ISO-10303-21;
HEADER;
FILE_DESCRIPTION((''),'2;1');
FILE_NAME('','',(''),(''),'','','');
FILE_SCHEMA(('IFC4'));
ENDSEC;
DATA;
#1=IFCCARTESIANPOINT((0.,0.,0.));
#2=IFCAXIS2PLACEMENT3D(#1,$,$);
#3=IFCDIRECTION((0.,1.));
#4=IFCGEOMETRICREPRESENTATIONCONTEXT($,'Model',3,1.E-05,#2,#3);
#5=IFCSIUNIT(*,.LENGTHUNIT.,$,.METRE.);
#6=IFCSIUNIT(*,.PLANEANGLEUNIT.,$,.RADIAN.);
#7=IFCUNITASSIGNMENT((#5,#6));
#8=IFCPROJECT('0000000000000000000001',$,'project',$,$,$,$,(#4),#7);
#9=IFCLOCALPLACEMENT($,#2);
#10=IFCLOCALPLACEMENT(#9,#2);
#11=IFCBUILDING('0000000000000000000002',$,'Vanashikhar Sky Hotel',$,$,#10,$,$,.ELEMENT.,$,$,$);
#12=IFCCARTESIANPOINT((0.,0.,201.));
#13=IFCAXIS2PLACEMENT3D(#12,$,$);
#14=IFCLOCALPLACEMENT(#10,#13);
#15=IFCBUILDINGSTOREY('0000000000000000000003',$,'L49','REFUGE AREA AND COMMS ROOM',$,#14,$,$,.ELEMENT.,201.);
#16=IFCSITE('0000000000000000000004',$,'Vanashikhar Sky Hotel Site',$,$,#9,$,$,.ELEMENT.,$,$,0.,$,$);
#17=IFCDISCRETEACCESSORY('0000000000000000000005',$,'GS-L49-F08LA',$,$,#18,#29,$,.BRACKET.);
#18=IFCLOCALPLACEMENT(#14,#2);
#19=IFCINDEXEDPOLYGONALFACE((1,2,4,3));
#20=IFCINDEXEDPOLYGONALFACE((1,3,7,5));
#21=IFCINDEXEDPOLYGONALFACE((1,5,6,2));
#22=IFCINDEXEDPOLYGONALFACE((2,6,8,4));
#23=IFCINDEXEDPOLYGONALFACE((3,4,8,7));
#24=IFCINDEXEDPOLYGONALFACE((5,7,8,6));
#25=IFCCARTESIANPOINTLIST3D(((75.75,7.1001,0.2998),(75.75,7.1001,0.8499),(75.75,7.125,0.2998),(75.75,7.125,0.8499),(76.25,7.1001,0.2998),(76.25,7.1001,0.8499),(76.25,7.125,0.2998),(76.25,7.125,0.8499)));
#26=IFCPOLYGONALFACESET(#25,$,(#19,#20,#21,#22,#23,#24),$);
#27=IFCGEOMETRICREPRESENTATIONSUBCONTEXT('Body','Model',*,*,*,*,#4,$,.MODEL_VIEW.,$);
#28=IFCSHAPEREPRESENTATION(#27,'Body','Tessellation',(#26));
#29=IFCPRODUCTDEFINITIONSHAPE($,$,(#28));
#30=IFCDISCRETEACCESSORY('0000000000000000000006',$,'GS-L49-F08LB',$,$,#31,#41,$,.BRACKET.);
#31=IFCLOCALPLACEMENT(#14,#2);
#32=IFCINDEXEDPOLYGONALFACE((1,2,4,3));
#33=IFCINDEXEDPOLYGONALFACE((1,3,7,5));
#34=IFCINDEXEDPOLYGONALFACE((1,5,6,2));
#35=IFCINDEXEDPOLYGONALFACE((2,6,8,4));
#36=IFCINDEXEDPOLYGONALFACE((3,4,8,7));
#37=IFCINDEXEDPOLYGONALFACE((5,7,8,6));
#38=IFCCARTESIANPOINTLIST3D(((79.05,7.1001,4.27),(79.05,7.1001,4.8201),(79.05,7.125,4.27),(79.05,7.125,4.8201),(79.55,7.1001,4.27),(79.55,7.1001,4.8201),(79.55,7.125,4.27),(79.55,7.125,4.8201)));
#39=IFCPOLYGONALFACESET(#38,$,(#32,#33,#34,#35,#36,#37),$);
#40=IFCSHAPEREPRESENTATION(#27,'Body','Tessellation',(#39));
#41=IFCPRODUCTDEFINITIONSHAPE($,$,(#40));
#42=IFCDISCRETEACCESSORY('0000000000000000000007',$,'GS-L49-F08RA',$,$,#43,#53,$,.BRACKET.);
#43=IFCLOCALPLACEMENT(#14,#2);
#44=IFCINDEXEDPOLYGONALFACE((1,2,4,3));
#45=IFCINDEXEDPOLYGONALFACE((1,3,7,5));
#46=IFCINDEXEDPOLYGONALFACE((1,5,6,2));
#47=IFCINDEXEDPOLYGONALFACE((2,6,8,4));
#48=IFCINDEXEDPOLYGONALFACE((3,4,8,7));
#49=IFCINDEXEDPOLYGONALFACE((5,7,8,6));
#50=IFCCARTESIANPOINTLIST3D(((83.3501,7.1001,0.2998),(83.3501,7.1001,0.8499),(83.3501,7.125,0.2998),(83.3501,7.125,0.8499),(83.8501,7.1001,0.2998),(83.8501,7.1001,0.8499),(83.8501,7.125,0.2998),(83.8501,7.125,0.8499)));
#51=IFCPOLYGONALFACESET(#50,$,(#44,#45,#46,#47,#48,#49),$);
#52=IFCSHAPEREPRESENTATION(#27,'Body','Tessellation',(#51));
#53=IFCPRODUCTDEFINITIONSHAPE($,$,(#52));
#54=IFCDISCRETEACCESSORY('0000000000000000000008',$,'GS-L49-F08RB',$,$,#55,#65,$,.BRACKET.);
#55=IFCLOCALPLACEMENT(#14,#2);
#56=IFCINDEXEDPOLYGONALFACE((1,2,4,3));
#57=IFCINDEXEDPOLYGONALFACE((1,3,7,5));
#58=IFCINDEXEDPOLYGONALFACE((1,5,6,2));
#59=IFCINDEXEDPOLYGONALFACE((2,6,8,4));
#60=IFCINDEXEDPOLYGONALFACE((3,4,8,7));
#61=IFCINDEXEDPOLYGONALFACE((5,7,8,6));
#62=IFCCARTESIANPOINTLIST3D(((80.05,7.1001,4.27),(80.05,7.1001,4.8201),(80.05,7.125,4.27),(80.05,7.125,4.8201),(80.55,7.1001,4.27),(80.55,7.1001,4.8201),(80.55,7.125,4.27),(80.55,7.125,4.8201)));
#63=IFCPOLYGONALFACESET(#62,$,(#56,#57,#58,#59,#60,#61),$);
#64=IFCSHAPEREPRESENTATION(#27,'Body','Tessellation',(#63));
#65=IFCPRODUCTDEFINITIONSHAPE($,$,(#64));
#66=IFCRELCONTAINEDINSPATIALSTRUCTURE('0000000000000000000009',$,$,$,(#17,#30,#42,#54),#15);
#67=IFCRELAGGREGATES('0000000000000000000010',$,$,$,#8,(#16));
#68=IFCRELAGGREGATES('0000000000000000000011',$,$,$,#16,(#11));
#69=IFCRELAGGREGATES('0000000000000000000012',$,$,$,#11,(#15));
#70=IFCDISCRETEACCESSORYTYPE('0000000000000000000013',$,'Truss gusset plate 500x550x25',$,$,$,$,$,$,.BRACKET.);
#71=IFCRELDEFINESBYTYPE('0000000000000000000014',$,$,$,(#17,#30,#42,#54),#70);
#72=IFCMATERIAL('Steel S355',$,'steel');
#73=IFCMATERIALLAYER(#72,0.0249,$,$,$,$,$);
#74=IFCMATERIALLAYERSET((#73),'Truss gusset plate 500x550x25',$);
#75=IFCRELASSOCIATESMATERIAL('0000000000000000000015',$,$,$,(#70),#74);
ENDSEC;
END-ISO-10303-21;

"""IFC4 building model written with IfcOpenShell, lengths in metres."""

from ifc_helpers import new_model, si_unit, direction, frame, origin, origin_2d, place, context, subcontext, project, spatial, rectangle, extrude, source, transform, mapped, material, layer, layer_set, type_object, element, save


model = new_model("IFC4")

# Units and contexts
model_context = context("Model", 3, precision=1e-05, world=origin(), true_north=direction((0.0, 1.0)))
body_context = subcontext(model_context, "Body", "Model", "MODEL_VIEW")
ifc_project = project(units=[si_unit("LENGTHUNIT", "METRE"), si_unit("PLANEANGLEUNIT", "RADIAN")], contexts=[model_context])

# Site, building, storey
site_placement = place(None, origin())
site = spatial("IfcSite", under=ifc_project, at=site_placement, Name="Vanashikhar Sky Hotel Site", CompositionType="ELEMENT", RefElevation=0.0)
building_placement = place(site_placement, origin())
building = spatial("IfcBuilding", under=site, at=building_placement, Name="Vanashikhar Sky Hotel", CompositionType="ELEMENT")
storey_placement = place(building_placement, frame((0.0, 0.0, 201.0)))
storey = spatial("IfcBuildingStorey", under=building, at=storey_placement, Name="L49", Description="REFUGE AREA AND COMMS ROOM", CompositionType="ELEMENT", Elevation=201.0)

# Shared definitions
ifc_material_1 = material(Name="Steel S355", Category="steel")

# Discrete accessories
ifc_layer_1 = layer(ifc_material_1, 0.0249)
ifc_layer_set_1 = layer_set([ifc_layer_1], Name="Truss gusset plate 500x550x25")
discrete_accessory_type_1 = type_object("IfcDiscreteAccessoryType", Name="Truss gusset plate 500x550x25", PredefinedType="BRACKET", material=ifc_layer_set_1)
shared_shape_1 = source(origin(), body_context, "Body", "SweptSolid", [
    extrude(rectangle(XDim=0.5, YDim=0.0249, at=origin_2d()), origin(), (0.0, 0.0, 1.0), 0.55),
])
for number, where, z_axis, x_axis, name in (
    (1, (76.0, 7.1125, 0.2998), (0.0, 0.0, 1.0), (1.0, 0.0, 0.0), "GS-L49-F08LA"),
    (2, (79.3, 7.1125, 4.27), (0.0, 0.0, 1.0), (1.0, 0.0, 0.0), "GS-L49-F08LB"),
    (3, (83.6001, 7.1125, 0.2998), (0.0, 0.0, 1.0), (1.0, 0.0, 0.0), "GS-L49-F08RA"),
    (4, (80.3, 7.1125, 4.27), (0.0, 0.0, 1.0), (1.0, 0.0, 0.0), "GS-L49-F08RB"),
):
    element("IfcDiscreteAccessory", number, at=place(storey_placement, frame(where, z_axis=z_axis, x_axis=x_axis)), inside=storey, type_object=discrete_accessory_type_1, Name=name, PredefinedType="BRACKET", context=body_context, shape_type="MappedRepresentation", body=[
        mapped(shared_shape_1, transform((0.0, 0.0, 0.0), scale=1.0)),
    ])

save(model, "model.ifc")
